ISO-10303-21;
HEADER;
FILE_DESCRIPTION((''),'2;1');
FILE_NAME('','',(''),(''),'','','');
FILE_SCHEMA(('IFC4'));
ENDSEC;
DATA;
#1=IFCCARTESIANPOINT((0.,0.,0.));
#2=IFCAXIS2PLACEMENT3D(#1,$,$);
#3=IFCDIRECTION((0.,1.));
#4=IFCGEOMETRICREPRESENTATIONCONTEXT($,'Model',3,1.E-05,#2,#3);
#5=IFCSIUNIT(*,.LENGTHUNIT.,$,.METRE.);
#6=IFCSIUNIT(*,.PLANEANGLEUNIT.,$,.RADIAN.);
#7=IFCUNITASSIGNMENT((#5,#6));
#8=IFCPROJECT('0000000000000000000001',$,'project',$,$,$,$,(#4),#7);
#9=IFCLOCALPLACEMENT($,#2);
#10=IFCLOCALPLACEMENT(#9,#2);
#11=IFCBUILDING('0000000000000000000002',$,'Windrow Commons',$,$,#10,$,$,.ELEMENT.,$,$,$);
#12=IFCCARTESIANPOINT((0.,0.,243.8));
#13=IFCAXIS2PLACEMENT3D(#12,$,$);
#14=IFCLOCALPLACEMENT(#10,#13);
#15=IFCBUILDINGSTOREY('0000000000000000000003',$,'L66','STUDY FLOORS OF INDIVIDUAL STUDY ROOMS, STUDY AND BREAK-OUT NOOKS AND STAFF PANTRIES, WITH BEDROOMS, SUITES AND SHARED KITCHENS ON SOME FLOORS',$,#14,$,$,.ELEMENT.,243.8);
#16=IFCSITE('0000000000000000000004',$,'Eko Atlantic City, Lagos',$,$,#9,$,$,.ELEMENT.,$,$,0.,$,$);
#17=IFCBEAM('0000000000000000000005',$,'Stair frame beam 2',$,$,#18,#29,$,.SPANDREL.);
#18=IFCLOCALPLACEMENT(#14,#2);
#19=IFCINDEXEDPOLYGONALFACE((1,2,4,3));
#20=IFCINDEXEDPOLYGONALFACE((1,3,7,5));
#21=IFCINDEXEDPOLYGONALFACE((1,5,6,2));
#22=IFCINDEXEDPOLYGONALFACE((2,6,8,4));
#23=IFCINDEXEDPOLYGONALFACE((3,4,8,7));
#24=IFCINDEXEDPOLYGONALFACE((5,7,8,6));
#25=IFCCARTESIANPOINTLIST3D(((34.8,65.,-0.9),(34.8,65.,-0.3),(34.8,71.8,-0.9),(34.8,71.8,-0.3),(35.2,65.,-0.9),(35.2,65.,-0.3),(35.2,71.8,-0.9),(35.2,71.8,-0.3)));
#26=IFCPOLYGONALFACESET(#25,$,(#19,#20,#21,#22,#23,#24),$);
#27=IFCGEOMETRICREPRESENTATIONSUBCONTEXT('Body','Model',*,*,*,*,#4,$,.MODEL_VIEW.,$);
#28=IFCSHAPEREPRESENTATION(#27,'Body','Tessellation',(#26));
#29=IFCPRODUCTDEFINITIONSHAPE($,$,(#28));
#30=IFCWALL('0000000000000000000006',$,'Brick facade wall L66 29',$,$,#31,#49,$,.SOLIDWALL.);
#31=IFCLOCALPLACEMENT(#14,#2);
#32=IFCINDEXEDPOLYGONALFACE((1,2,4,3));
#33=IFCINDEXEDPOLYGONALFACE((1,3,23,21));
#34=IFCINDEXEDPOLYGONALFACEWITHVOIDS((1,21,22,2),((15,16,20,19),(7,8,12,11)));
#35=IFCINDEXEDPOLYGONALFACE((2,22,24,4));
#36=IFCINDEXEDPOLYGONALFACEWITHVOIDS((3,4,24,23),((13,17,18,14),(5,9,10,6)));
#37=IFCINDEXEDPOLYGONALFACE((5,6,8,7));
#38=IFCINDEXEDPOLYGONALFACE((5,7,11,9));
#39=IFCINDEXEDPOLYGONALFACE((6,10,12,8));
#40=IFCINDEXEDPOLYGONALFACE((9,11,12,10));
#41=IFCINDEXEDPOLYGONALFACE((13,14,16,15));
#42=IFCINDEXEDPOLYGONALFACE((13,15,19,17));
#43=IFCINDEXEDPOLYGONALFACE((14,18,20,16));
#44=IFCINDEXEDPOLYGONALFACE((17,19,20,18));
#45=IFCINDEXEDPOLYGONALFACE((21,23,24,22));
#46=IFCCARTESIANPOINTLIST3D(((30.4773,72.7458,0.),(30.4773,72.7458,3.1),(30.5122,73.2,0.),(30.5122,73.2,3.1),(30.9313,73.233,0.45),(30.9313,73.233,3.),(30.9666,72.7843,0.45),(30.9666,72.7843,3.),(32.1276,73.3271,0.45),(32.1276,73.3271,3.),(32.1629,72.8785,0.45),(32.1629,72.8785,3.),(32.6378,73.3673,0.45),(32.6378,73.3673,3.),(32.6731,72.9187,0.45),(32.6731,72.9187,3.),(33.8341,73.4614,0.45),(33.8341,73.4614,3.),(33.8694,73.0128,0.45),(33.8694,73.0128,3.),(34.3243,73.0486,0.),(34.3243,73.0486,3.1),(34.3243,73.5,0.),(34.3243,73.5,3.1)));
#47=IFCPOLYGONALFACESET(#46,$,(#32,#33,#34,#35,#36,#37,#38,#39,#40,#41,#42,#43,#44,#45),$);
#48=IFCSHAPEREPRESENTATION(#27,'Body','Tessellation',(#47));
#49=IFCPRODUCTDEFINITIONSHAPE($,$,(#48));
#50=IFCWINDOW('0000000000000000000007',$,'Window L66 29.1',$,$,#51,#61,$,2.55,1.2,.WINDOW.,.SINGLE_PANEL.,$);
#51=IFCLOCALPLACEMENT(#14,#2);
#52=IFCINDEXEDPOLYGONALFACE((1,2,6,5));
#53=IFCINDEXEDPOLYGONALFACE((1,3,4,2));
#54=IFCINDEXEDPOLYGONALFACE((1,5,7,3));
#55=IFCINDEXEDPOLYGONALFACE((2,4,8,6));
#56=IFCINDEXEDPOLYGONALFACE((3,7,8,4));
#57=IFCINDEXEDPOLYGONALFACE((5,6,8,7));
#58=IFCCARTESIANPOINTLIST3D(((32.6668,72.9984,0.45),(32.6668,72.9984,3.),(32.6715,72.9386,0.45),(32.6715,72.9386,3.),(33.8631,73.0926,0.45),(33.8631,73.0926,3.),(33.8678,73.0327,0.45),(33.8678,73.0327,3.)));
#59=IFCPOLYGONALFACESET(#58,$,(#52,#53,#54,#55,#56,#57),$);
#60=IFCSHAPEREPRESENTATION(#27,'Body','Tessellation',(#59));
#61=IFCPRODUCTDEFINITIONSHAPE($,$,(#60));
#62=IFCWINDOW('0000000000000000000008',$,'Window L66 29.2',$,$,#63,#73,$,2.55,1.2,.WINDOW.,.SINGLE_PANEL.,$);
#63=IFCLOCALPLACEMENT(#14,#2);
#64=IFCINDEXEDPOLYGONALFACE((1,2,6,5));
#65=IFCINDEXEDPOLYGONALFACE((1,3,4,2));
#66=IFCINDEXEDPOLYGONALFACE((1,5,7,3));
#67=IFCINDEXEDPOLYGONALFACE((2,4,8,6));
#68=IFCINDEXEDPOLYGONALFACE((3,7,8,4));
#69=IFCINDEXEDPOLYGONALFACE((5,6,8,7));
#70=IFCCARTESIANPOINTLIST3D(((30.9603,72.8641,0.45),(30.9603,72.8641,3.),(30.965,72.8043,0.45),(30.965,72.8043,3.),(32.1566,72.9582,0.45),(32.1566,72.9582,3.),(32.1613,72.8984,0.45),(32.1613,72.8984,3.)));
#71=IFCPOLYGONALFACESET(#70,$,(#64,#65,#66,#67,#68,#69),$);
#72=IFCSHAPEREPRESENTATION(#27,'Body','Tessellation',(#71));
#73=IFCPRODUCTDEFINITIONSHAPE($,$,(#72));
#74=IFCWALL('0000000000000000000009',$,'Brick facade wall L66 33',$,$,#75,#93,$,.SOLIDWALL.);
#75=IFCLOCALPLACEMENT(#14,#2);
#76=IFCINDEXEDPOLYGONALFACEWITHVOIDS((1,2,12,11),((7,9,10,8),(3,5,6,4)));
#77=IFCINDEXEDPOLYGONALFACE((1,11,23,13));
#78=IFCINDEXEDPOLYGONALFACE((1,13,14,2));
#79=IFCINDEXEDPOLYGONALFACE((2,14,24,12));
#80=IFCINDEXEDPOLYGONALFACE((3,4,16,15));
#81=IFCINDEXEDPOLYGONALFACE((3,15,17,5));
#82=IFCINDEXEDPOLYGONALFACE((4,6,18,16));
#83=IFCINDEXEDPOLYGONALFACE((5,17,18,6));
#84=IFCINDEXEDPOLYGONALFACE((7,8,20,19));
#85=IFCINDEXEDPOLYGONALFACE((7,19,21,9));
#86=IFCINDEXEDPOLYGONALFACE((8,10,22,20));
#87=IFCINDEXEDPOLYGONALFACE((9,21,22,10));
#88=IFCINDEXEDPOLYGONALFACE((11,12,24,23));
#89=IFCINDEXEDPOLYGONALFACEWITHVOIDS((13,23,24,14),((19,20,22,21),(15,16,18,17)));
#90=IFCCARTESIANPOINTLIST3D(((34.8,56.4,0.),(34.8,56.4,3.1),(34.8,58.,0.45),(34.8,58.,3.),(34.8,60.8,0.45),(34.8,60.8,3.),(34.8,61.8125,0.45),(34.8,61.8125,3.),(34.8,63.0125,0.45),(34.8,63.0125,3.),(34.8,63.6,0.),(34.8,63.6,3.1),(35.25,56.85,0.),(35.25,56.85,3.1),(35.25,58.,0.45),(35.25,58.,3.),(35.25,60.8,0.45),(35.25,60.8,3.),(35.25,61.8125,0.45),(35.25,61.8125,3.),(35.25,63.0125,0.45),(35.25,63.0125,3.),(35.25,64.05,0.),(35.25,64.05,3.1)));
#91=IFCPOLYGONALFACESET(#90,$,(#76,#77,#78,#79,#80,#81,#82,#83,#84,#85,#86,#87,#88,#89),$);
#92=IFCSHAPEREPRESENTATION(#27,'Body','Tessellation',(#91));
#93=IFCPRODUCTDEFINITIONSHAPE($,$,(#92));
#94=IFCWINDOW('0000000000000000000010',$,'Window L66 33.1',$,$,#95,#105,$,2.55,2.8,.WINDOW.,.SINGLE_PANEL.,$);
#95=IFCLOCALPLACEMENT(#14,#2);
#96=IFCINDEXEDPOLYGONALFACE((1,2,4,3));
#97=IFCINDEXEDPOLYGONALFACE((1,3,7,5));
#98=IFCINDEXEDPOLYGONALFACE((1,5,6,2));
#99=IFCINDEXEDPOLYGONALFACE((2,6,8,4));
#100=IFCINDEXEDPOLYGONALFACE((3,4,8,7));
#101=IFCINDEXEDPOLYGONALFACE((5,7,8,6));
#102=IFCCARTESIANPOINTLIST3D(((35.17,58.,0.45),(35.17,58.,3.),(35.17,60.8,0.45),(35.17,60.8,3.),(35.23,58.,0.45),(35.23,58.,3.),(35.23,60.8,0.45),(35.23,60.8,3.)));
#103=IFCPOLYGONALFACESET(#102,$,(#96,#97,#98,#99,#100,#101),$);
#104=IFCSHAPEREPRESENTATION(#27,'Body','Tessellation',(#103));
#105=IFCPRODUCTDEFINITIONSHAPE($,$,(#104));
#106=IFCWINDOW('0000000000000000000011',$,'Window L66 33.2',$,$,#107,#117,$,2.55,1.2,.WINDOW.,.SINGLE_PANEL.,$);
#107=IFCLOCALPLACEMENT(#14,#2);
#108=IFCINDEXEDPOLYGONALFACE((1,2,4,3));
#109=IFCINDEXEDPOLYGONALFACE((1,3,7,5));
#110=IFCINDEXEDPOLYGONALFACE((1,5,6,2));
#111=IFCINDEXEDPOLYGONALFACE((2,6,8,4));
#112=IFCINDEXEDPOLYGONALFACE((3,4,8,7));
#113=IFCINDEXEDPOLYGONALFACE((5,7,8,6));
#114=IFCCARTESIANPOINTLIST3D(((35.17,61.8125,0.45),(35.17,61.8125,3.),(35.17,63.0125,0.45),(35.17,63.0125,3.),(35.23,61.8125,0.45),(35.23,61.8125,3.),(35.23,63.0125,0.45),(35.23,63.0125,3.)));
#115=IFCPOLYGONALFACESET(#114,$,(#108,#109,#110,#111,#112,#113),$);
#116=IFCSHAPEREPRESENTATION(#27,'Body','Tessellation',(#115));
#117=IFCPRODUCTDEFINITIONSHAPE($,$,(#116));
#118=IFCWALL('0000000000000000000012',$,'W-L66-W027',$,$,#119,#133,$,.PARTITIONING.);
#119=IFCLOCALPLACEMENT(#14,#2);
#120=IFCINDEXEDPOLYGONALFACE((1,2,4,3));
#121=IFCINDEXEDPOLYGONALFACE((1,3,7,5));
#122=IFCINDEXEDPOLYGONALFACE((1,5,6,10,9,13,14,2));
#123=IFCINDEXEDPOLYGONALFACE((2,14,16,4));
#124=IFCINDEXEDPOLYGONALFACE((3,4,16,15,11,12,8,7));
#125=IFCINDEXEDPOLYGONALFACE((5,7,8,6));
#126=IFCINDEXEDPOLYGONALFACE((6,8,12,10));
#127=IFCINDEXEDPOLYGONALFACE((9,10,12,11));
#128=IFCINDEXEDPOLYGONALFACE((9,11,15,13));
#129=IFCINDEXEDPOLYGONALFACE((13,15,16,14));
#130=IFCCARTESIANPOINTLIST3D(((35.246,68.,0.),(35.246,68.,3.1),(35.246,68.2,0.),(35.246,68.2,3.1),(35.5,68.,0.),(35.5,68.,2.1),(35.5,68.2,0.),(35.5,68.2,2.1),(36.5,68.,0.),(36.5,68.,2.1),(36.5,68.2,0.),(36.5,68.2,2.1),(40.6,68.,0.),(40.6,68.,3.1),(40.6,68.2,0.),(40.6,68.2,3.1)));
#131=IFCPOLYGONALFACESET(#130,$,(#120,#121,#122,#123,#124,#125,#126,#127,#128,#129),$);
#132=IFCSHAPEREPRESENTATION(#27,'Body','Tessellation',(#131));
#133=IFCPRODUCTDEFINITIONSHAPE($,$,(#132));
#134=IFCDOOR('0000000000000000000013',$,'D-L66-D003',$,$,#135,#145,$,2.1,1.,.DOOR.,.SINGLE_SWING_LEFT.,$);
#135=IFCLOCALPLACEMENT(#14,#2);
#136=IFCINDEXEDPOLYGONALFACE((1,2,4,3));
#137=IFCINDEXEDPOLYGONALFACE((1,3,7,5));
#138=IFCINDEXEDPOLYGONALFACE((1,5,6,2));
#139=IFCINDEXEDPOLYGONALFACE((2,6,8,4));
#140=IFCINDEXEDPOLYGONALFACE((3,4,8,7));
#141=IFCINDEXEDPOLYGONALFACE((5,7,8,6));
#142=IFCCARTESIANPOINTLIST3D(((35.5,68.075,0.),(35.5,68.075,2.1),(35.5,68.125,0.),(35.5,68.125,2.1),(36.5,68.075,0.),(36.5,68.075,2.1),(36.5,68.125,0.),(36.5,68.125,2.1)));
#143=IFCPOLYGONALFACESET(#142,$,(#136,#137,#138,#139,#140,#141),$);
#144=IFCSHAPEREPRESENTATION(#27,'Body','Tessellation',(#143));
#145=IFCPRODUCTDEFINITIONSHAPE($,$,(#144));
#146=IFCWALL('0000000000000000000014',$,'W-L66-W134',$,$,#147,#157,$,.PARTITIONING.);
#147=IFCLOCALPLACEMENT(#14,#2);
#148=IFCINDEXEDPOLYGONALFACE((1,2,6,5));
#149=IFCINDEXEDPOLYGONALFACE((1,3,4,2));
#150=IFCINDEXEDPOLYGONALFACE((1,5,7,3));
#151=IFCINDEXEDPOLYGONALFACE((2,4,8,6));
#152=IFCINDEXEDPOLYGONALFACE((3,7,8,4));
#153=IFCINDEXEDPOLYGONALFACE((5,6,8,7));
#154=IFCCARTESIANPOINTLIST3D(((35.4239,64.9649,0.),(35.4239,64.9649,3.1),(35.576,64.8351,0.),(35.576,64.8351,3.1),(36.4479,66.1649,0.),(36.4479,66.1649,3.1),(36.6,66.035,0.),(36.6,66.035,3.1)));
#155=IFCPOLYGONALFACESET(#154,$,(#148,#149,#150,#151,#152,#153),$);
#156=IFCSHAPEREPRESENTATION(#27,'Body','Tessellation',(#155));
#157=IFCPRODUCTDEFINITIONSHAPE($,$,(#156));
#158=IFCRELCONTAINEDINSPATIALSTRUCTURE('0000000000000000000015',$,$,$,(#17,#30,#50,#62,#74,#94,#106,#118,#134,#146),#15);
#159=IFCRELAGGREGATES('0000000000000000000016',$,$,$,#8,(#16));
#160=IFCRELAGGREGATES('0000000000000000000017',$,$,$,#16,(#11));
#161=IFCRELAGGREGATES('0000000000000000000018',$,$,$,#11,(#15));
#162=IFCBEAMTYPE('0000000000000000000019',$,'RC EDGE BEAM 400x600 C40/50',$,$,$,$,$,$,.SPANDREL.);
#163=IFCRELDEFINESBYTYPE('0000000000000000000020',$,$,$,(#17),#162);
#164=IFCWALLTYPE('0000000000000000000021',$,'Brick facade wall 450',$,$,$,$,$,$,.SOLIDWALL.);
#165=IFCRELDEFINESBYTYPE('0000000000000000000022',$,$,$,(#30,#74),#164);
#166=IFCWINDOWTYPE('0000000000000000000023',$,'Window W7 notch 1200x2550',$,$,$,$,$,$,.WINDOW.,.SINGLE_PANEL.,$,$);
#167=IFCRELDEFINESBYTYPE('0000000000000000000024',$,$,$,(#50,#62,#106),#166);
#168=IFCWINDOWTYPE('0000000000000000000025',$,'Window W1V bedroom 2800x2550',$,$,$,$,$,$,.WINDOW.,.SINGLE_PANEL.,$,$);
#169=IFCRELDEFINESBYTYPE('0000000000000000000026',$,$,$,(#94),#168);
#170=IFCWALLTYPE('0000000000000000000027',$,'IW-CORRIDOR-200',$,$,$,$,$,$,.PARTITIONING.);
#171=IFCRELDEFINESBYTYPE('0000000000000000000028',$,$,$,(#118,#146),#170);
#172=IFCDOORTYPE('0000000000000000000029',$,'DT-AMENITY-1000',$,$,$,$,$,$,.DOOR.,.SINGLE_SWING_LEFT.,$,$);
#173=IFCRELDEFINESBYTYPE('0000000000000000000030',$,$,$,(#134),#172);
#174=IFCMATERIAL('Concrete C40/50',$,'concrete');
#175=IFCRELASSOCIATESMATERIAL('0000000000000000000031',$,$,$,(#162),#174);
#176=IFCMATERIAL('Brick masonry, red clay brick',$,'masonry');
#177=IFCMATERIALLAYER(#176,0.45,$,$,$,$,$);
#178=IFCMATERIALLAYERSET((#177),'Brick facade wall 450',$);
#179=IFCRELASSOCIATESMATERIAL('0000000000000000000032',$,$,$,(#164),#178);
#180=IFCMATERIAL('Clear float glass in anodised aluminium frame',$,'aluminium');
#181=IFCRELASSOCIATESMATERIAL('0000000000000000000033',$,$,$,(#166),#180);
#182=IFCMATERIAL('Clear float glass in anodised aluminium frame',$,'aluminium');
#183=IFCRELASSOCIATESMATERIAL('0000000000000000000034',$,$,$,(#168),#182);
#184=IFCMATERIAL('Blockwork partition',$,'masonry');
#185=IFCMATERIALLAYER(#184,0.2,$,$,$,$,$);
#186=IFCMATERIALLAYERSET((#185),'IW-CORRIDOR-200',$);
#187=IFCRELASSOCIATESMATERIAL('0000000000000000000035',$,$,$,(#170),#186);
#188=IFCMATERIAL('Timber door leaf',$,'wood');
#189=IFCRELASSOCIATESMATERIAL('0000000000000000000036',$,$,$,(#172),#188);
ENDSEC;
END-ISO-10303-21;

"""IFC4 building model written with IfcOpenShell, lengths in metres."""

from ifc_helpers import new_model, si_unit, direction, frame, frame_2d, origin, origin_2d, place, context, subcontext, project, spatial, polyline, rectangle, outline, extrude, material, layer, layer_set, material_profile, profile_set, type_object, element, fill, save


model = new_model("IFC4")

# Units and contexts
model_context = context("Model", 3, precision=1e-05, world=origin(), true_north=direction((0.0, 1.0)))
body_context = subcontext(model_context, "Body", "Model", "MODEL_VIEW")
ifc_project = project(units=[si_unit("LENGTHUNIT", "METRE"), si_unit("PLANEANGLEUNIT", "RADIAN")], contexts=[model_context])

# Site, building, storey
site_placement = place(None, origin())
site = spatial("IfcSite", under=ifc_project, at=site_placement, Name="Eko Atlantic City, Lagos", CompositionType="ELEMENT", RefElevation=0.0)
building_placement = place(site_placement, origin())
building = spatial("IfcBuilding", under=site, at=building_placement, Name="Windrow Commons", CompositionType="ELEMENT")
storey_placement = place(building_placement, frame((0.0, 0.0, 243.8)))
storey = spatial("IfcBuildingStorey", under=building, at=storey_placement, Name="L66", Description="STUDY FLOORS OF INDIVIDUAL STUDY ROOMS, STUDY AND BREAK-OUT NOOKS AND STAFF PANTRIES, WITH BEDROOMS, SUITES AND SHARED KITCHENS ON SOME FLOORS", CompositionType="ELEMENT", Elevation=243.8)

# Beam
ifc_material_1 = material(Name="Concrete C40/50", Category="concrete")
ifc_material_profile = material_profile(ifc_material_1, rectangle(XDim=0.4, YDim=0.6, at=origin_2d()))
ifc_profile_set = profile_set([ifc_material_profile], Name="Concrete C40/50")
beam_type = type_object("IfcBeamType", Name="RC EDGE BEAM 400x600 C40/50", PredefinedType="SPANDREL", material=ifc_profile_set)
beam_placement = place(storey_placement, frame((35.0, 65.0, -0.6), z_axis=(0.0, 1.0, 0.0), x_axis=(-1.0, 0.0, 0.0)))
element("IfcBeam", 1, at=beam_placement, inside=storey, type_object=beam_type, Name="Stair frame beam 2", PredefinedType="SPANDREL", context=body_context, shape_type="SweptSolid", body=[
    extrude(rectangle(XDim=0.4, YDim=0.6, at=origin_2d()), origin(), (0.0, 0.0, 1.0), 6.8),
])

# Walls, openings, windows
ifc_material_2 = material(Name="Brick masonry, red clay brick", Category="masonry")
ifc_layer_1 = layer(ifc_material_2, 0.45)
ifc_layer_set_1 = layer_set([ifc_layer_1], Name="Brick facade wall 450")
wall_type_1 = type_object("IfcWallType", Name="Brick facade wall 450", PredefinedType="SOLIDWALL", material=ifc_layer_set_1)
wall_1_placement = place(storey_placement, frame((34.3243, 73.2743, 0.0), z_axis=(0.0, 0.0, 1.0), x_axis=(-0.996917, -0.07846, 0.0)))
wall_1 = element("IfcWall", 2, at=wall_1_placement, inside=storey, type_object=wall_type_1, Name="Brick facade wall L66 29", PredefinedType="SOLIDWALL", context=body_context, shape_type="SweptSolid", body=[
    extrude(outline(polyline([(-0.0177, -0.225), (3.8062, -0.225), (3.8766, 0.225), (0.0177, 0.225), (-0.0177, -0.225)])), origin(), (0.0, 0.0, 1.0), 3.1),
])
opening_1_placement = place(wall_1_placement, frame((0.474, 0.0, 0.45)))
opening_1 = element("IfcOpeningElement", 3, at=opening_1_placement, cuts=wall_1, PredefinedType="OPENING", context=body_context, shape_type="SweptSolid", body=[
    extrude(rectangle(XDim=1.2, YDim=2.55, at=frame_2d((0.6, 1.275))), frame((0.0, 0.235, 0.0), z_axis=(0.0, -1.0, 0.0), x_axis=(1.0, 0.0, 0.0)), (0.0, 0.0, 1.0), 0.47),
])
opening_2_placement = place(wall_1_placement, frame((2.1858, 0.0, 0.45)))
opening_2 = element("IfcOpeningElement", 4, at=opening_2_placement, cuts=wall_1, PredefinedType="OPENING", context=body_context, shape_type="SweptSolid", body=[
    extrude(rectangle(XDim=1.2, YDim=2.55, at=frame_2d((0.6, 1.275))), frame((0.0, 0.235, 0.0), z_axis=(0.0, -1.0, 0.0), x_axis=(1.0, 0.0, 0.0)), (0.0, 0.0, 1.0), 0.47),
])
ifc_material_3 = material(Name="Clear float glass in anodised aluminium frame", Category="aluminium")
window_type_1 = type_object("IfcWindowType", Name="Window W7 notch 1200x2550", PartitioningType="SINGLE_PANEL", PredefinedType="WINDOW", material=ifc_material_3)
window_1_placement = place(opening_1_placement, origin())
window_1 = element("IfcWindow", 5, at=window_1_placement, inside=storey, type_object=window_type_1, Name="Window L66 29.1", OverallHeight=2.55, OverallWidth=1.2, PartitioningType="SINGLE_PANEL", PredefinedType="WINDOW", context=body_context, shape_type="SweptSolid", body=[
    extrude(rectangle(XDim=1.2, YDim=2.55, at=frame_2d((0.6, 1.275))), frame((0.0, 0.205, 0.0), z_axis=(0.0, -1.0, 0.0), x_axis=(1.0, 0.0, 0.0)), (0.0, 0.0, 1.0), 0.06),
])
fill(opening_1, window_1)
window_2_placement = place(opening_2_placement, origin())
window_2 = element("IfcWindow", 6, at=window_2_placement, inside=storey, type_object=window_type_1, Name="Window L66 29.2", OverallHeight=2.55, OverallWidth=1.2, PartitioningType="SINGLE_PANEL", PredefinedType="WINDOW", context=body_context, shape_type="SweptSolid", body=[
    extrude(rectangle(XDim=1.2, YDim=2.55, at=frame_2d((0.6, 1.275))), frame((0.0, 0.205, 0.0), z_axis=(0.0, -1.0, 0.0), x_axis=(1.0, 0.0, 0.0)), (0.0, 0.0, 1.0), 0.06),
])
fill(opening_2, window_2)
wall_2_placement = place(storey_placement, frame((35.025, 63.825, 0.0), z_axis=(0.0, 0.0, 1.0), x_axis=(0.0, -1.0, 0.0)))
wall_2 = element("IfcWall", 7, at=wall_2_placement, inside=storey, type_object=wall_type_1, Name="Brick facade wall L66 33", PredefinedType="SOLIDWALL", context=body_context, shape_type="SweptSolid", body=[
    extrude(outline(polyline([(0.225, -0.225), (7.425, -0.225), (6.975, 0.225), (-0.225, 0.225), (0.225, -0.225)])), origin(), (0.0, 0.0, 1.0), 3.1),
])
opening_3_placement = place(wall_2_placement, frame((3.025, 0.0, 0.45)))
opening_3 = element("IfcOpeningElement", 8, at=opening_3_placement, cuts=wall_2, PredefinedType="OPENING", context=body_context, shape_type="SweptSolid", body=[
    extrude(rectangle(XDim=2.8, YDim=2.55, at=frame_2d((1.4, 1.275))), frame((0.0, 0.235, 0.0), z_axis=(0.0, -1.0, 0.0), x_axis=(1.0, 0.0, 0.0)), (0.0, 0.0, 1.0), 0.47),
])
opening_4_placement = place(wall_2_placement, frame((0.8125, 0.0, 0.45)))
opening_4 = element("IfcOpeningElement", 9, at=opening_4_placement, cuts=wall_2, PredefinedType="OPENING", context=body_context, shape_type="SweptSolid", body=[
    extrude(rectangle(XDim=1.2, YDim=2.55, at=frame_2d((0.6, 1.275))), frame((0.0, 0.235, 0.0), z_axis=(0.0, -1.0, 0.0), x_axis=(1.0, 0.0, 0.0)), (0.0, 0.0, 1.0), 0.47),
])
ifc_material_4 = material(Name="Clear float glass in anodised aluminium frame", Category="aluminium")
window_type_2 = type_object("IfcWindowType", Name="Window W1V bedroom 2800x2550", PartitioningType="SINGLE_PANEL", PredefinedType="WINDOW", material=ifc_material_4)
window_3_placement = place(opening_3_placement, origin())
window_3 = element("IfcWindow", 10, at=window_3_placement, inside=storey, type_object=window_type_2, Name="Window L66 33.1", OverallHeight=2.55, OverallWidth=2.8, PartitioningType="SINGLE_PANEL", PredefinedType="WINDOW", context=body_context, shape_type="SweptSolid", body=[
    extrude(rectangle(XDim=2.8, YDim=2.55, at=frame_2d((1.4, 1.275))), frame((0.0, 0.205, 0.0), z_axis=(0.0, -1.0, 0.0), x_axis=(1.0, 0.0, 0.0)), (0.0, 0.0, 1.0), 0.06),
])
fill(opening_3, window_3)
window_4_placement = place(opening_4_placement, origin())
window_4 = element("IfcWindow", 11, at=window_4_placement, inside=storey, type_object=window_type_1, Name="Window L66 33.2", OverallHeight=2.55, OverallWidth=1.2, PartitioningType="SINGLE_PANEL", PredefinedType="WINDOW", context=body_context, shape_type="SweptSolid", body=[
    extrude(rectangle(XDim=1.2, YDim=2.55, at=frame_2d((0.6, 1.275))), frame((0.0, 0.205, 0.0), z_axis=(0.0, -1.0, 0.0), x_axis=(1.0, 0.0, 0.0)), (0.0, 0.0, 1.0), 0.06),
])
fill(opening_4, window_4)

# Wall, opening, door
ifc_material_5 = material(Name="Blockwork partition", Category="masonry")
ifc_layer_2 = layer(ifc_material_5, 0.2)
ifc_layer_set_2 = layer_set([ifc_layer_2], Name="IW-CORRIDOR-200")
wall_type_2 = type_object("IfcWallType", Name="IW-CORRIDOR-200", PredefinedType="PARTITIONING", material=ifc_layer_set_2)
wall_3_placement = place(storey_placement, frame((35.246, 68.1, 0.0), z_axis=(0.0, 0.0, 1.0), x_axis=(1.0, 0.0, 0.0)))
wall_3 = element("IfcWall", 12, at=wall_3_placement, inside=storey, type_object=wall_type_2, Name="W-L66-W027", PredefinedType="PARTITIONING", context=body_context, shape_type="SweptSolid", body=[
    extrude(rectangle(XDim=5.354, YDim=0.2, at=frame_2d((2.677, 0.0))), origin(), (0.0, 0.0, 1.0), 3.1),
])
opening_5_placement = place(wall_3_placement, frame((0.254, 0.0, 0.0)))
opening_5 = element("IfcOpeningElement", 13, at=opening_5_placement, cuts=wall_3, PredefinedType="OPENING", context=body_context, shape_type="SweptSolid", body=[
    extrude(rectangle(XDim=1.0, YDim=2.1, at=frame_2d((0.5, 1.05))), frame((0.0, 0.11, 0.0), z_axis=(0.0, -1.0, 0.0), x_axis=(1.0, 0.0, 0.0)), (0.0, 0.0, 1.0), 0.22),
])
ifc_material_6 = material(Name="Timber door leaf", Category="wood")
door_type = type_object("IfcDoorType", Name="DT-AMENITY-1000", OperationType="SINGLE_SWING_LEFT", PredefinedType="DOOR", material=ifc_material_6)
door_placement = place(opening_5_placement, origin())
door = element("IfcDoor", 14, at=door_placement, inside=storey, type_object=door_type, Name="D-L66-D003", OperationType="SINGLE_SWING_LEFT", OverallHeight=2.1, OverallWidth=1.0, PredefinedType="DOOR", context=body_context, shape_type="SweptSolid", body=[
    extrude(rectangle(XDim=1.0, YDim=2.1, at=frame_2d((0.5, 1.05))), frame((0.0, 0.025, 0.0), z_axis=(0.0, -1.0, 0.0), x_axis=(1.0, 0.0, 0.0)), (0.0, 0.0, 1.0), 0.05),
])
fill(opening_5, door)

# Wall
wall_4_placement = place(storey_placement, frame((35.5, 64.9, 0.0), z_axis=(0.0, 0.0, 1.0), x_axis=(0.649119, 0.760687, 0.0)))
element("IfcWall", 15, at=wall_4_placement, inside=storey, type_object=wall_type_2, Name="W-L66-W134", PredefinedType="PARTITIONING", context=body_context, shape_type="SweptSolid", body=[
    extrude(rectangle(XDim=1.5775, YDim=0.2, at=frame_2d((0.7887, 0.0))), origin(), (0.0, 0.0, 1.0), 3.1),
])

save(model, "model.ifc")
